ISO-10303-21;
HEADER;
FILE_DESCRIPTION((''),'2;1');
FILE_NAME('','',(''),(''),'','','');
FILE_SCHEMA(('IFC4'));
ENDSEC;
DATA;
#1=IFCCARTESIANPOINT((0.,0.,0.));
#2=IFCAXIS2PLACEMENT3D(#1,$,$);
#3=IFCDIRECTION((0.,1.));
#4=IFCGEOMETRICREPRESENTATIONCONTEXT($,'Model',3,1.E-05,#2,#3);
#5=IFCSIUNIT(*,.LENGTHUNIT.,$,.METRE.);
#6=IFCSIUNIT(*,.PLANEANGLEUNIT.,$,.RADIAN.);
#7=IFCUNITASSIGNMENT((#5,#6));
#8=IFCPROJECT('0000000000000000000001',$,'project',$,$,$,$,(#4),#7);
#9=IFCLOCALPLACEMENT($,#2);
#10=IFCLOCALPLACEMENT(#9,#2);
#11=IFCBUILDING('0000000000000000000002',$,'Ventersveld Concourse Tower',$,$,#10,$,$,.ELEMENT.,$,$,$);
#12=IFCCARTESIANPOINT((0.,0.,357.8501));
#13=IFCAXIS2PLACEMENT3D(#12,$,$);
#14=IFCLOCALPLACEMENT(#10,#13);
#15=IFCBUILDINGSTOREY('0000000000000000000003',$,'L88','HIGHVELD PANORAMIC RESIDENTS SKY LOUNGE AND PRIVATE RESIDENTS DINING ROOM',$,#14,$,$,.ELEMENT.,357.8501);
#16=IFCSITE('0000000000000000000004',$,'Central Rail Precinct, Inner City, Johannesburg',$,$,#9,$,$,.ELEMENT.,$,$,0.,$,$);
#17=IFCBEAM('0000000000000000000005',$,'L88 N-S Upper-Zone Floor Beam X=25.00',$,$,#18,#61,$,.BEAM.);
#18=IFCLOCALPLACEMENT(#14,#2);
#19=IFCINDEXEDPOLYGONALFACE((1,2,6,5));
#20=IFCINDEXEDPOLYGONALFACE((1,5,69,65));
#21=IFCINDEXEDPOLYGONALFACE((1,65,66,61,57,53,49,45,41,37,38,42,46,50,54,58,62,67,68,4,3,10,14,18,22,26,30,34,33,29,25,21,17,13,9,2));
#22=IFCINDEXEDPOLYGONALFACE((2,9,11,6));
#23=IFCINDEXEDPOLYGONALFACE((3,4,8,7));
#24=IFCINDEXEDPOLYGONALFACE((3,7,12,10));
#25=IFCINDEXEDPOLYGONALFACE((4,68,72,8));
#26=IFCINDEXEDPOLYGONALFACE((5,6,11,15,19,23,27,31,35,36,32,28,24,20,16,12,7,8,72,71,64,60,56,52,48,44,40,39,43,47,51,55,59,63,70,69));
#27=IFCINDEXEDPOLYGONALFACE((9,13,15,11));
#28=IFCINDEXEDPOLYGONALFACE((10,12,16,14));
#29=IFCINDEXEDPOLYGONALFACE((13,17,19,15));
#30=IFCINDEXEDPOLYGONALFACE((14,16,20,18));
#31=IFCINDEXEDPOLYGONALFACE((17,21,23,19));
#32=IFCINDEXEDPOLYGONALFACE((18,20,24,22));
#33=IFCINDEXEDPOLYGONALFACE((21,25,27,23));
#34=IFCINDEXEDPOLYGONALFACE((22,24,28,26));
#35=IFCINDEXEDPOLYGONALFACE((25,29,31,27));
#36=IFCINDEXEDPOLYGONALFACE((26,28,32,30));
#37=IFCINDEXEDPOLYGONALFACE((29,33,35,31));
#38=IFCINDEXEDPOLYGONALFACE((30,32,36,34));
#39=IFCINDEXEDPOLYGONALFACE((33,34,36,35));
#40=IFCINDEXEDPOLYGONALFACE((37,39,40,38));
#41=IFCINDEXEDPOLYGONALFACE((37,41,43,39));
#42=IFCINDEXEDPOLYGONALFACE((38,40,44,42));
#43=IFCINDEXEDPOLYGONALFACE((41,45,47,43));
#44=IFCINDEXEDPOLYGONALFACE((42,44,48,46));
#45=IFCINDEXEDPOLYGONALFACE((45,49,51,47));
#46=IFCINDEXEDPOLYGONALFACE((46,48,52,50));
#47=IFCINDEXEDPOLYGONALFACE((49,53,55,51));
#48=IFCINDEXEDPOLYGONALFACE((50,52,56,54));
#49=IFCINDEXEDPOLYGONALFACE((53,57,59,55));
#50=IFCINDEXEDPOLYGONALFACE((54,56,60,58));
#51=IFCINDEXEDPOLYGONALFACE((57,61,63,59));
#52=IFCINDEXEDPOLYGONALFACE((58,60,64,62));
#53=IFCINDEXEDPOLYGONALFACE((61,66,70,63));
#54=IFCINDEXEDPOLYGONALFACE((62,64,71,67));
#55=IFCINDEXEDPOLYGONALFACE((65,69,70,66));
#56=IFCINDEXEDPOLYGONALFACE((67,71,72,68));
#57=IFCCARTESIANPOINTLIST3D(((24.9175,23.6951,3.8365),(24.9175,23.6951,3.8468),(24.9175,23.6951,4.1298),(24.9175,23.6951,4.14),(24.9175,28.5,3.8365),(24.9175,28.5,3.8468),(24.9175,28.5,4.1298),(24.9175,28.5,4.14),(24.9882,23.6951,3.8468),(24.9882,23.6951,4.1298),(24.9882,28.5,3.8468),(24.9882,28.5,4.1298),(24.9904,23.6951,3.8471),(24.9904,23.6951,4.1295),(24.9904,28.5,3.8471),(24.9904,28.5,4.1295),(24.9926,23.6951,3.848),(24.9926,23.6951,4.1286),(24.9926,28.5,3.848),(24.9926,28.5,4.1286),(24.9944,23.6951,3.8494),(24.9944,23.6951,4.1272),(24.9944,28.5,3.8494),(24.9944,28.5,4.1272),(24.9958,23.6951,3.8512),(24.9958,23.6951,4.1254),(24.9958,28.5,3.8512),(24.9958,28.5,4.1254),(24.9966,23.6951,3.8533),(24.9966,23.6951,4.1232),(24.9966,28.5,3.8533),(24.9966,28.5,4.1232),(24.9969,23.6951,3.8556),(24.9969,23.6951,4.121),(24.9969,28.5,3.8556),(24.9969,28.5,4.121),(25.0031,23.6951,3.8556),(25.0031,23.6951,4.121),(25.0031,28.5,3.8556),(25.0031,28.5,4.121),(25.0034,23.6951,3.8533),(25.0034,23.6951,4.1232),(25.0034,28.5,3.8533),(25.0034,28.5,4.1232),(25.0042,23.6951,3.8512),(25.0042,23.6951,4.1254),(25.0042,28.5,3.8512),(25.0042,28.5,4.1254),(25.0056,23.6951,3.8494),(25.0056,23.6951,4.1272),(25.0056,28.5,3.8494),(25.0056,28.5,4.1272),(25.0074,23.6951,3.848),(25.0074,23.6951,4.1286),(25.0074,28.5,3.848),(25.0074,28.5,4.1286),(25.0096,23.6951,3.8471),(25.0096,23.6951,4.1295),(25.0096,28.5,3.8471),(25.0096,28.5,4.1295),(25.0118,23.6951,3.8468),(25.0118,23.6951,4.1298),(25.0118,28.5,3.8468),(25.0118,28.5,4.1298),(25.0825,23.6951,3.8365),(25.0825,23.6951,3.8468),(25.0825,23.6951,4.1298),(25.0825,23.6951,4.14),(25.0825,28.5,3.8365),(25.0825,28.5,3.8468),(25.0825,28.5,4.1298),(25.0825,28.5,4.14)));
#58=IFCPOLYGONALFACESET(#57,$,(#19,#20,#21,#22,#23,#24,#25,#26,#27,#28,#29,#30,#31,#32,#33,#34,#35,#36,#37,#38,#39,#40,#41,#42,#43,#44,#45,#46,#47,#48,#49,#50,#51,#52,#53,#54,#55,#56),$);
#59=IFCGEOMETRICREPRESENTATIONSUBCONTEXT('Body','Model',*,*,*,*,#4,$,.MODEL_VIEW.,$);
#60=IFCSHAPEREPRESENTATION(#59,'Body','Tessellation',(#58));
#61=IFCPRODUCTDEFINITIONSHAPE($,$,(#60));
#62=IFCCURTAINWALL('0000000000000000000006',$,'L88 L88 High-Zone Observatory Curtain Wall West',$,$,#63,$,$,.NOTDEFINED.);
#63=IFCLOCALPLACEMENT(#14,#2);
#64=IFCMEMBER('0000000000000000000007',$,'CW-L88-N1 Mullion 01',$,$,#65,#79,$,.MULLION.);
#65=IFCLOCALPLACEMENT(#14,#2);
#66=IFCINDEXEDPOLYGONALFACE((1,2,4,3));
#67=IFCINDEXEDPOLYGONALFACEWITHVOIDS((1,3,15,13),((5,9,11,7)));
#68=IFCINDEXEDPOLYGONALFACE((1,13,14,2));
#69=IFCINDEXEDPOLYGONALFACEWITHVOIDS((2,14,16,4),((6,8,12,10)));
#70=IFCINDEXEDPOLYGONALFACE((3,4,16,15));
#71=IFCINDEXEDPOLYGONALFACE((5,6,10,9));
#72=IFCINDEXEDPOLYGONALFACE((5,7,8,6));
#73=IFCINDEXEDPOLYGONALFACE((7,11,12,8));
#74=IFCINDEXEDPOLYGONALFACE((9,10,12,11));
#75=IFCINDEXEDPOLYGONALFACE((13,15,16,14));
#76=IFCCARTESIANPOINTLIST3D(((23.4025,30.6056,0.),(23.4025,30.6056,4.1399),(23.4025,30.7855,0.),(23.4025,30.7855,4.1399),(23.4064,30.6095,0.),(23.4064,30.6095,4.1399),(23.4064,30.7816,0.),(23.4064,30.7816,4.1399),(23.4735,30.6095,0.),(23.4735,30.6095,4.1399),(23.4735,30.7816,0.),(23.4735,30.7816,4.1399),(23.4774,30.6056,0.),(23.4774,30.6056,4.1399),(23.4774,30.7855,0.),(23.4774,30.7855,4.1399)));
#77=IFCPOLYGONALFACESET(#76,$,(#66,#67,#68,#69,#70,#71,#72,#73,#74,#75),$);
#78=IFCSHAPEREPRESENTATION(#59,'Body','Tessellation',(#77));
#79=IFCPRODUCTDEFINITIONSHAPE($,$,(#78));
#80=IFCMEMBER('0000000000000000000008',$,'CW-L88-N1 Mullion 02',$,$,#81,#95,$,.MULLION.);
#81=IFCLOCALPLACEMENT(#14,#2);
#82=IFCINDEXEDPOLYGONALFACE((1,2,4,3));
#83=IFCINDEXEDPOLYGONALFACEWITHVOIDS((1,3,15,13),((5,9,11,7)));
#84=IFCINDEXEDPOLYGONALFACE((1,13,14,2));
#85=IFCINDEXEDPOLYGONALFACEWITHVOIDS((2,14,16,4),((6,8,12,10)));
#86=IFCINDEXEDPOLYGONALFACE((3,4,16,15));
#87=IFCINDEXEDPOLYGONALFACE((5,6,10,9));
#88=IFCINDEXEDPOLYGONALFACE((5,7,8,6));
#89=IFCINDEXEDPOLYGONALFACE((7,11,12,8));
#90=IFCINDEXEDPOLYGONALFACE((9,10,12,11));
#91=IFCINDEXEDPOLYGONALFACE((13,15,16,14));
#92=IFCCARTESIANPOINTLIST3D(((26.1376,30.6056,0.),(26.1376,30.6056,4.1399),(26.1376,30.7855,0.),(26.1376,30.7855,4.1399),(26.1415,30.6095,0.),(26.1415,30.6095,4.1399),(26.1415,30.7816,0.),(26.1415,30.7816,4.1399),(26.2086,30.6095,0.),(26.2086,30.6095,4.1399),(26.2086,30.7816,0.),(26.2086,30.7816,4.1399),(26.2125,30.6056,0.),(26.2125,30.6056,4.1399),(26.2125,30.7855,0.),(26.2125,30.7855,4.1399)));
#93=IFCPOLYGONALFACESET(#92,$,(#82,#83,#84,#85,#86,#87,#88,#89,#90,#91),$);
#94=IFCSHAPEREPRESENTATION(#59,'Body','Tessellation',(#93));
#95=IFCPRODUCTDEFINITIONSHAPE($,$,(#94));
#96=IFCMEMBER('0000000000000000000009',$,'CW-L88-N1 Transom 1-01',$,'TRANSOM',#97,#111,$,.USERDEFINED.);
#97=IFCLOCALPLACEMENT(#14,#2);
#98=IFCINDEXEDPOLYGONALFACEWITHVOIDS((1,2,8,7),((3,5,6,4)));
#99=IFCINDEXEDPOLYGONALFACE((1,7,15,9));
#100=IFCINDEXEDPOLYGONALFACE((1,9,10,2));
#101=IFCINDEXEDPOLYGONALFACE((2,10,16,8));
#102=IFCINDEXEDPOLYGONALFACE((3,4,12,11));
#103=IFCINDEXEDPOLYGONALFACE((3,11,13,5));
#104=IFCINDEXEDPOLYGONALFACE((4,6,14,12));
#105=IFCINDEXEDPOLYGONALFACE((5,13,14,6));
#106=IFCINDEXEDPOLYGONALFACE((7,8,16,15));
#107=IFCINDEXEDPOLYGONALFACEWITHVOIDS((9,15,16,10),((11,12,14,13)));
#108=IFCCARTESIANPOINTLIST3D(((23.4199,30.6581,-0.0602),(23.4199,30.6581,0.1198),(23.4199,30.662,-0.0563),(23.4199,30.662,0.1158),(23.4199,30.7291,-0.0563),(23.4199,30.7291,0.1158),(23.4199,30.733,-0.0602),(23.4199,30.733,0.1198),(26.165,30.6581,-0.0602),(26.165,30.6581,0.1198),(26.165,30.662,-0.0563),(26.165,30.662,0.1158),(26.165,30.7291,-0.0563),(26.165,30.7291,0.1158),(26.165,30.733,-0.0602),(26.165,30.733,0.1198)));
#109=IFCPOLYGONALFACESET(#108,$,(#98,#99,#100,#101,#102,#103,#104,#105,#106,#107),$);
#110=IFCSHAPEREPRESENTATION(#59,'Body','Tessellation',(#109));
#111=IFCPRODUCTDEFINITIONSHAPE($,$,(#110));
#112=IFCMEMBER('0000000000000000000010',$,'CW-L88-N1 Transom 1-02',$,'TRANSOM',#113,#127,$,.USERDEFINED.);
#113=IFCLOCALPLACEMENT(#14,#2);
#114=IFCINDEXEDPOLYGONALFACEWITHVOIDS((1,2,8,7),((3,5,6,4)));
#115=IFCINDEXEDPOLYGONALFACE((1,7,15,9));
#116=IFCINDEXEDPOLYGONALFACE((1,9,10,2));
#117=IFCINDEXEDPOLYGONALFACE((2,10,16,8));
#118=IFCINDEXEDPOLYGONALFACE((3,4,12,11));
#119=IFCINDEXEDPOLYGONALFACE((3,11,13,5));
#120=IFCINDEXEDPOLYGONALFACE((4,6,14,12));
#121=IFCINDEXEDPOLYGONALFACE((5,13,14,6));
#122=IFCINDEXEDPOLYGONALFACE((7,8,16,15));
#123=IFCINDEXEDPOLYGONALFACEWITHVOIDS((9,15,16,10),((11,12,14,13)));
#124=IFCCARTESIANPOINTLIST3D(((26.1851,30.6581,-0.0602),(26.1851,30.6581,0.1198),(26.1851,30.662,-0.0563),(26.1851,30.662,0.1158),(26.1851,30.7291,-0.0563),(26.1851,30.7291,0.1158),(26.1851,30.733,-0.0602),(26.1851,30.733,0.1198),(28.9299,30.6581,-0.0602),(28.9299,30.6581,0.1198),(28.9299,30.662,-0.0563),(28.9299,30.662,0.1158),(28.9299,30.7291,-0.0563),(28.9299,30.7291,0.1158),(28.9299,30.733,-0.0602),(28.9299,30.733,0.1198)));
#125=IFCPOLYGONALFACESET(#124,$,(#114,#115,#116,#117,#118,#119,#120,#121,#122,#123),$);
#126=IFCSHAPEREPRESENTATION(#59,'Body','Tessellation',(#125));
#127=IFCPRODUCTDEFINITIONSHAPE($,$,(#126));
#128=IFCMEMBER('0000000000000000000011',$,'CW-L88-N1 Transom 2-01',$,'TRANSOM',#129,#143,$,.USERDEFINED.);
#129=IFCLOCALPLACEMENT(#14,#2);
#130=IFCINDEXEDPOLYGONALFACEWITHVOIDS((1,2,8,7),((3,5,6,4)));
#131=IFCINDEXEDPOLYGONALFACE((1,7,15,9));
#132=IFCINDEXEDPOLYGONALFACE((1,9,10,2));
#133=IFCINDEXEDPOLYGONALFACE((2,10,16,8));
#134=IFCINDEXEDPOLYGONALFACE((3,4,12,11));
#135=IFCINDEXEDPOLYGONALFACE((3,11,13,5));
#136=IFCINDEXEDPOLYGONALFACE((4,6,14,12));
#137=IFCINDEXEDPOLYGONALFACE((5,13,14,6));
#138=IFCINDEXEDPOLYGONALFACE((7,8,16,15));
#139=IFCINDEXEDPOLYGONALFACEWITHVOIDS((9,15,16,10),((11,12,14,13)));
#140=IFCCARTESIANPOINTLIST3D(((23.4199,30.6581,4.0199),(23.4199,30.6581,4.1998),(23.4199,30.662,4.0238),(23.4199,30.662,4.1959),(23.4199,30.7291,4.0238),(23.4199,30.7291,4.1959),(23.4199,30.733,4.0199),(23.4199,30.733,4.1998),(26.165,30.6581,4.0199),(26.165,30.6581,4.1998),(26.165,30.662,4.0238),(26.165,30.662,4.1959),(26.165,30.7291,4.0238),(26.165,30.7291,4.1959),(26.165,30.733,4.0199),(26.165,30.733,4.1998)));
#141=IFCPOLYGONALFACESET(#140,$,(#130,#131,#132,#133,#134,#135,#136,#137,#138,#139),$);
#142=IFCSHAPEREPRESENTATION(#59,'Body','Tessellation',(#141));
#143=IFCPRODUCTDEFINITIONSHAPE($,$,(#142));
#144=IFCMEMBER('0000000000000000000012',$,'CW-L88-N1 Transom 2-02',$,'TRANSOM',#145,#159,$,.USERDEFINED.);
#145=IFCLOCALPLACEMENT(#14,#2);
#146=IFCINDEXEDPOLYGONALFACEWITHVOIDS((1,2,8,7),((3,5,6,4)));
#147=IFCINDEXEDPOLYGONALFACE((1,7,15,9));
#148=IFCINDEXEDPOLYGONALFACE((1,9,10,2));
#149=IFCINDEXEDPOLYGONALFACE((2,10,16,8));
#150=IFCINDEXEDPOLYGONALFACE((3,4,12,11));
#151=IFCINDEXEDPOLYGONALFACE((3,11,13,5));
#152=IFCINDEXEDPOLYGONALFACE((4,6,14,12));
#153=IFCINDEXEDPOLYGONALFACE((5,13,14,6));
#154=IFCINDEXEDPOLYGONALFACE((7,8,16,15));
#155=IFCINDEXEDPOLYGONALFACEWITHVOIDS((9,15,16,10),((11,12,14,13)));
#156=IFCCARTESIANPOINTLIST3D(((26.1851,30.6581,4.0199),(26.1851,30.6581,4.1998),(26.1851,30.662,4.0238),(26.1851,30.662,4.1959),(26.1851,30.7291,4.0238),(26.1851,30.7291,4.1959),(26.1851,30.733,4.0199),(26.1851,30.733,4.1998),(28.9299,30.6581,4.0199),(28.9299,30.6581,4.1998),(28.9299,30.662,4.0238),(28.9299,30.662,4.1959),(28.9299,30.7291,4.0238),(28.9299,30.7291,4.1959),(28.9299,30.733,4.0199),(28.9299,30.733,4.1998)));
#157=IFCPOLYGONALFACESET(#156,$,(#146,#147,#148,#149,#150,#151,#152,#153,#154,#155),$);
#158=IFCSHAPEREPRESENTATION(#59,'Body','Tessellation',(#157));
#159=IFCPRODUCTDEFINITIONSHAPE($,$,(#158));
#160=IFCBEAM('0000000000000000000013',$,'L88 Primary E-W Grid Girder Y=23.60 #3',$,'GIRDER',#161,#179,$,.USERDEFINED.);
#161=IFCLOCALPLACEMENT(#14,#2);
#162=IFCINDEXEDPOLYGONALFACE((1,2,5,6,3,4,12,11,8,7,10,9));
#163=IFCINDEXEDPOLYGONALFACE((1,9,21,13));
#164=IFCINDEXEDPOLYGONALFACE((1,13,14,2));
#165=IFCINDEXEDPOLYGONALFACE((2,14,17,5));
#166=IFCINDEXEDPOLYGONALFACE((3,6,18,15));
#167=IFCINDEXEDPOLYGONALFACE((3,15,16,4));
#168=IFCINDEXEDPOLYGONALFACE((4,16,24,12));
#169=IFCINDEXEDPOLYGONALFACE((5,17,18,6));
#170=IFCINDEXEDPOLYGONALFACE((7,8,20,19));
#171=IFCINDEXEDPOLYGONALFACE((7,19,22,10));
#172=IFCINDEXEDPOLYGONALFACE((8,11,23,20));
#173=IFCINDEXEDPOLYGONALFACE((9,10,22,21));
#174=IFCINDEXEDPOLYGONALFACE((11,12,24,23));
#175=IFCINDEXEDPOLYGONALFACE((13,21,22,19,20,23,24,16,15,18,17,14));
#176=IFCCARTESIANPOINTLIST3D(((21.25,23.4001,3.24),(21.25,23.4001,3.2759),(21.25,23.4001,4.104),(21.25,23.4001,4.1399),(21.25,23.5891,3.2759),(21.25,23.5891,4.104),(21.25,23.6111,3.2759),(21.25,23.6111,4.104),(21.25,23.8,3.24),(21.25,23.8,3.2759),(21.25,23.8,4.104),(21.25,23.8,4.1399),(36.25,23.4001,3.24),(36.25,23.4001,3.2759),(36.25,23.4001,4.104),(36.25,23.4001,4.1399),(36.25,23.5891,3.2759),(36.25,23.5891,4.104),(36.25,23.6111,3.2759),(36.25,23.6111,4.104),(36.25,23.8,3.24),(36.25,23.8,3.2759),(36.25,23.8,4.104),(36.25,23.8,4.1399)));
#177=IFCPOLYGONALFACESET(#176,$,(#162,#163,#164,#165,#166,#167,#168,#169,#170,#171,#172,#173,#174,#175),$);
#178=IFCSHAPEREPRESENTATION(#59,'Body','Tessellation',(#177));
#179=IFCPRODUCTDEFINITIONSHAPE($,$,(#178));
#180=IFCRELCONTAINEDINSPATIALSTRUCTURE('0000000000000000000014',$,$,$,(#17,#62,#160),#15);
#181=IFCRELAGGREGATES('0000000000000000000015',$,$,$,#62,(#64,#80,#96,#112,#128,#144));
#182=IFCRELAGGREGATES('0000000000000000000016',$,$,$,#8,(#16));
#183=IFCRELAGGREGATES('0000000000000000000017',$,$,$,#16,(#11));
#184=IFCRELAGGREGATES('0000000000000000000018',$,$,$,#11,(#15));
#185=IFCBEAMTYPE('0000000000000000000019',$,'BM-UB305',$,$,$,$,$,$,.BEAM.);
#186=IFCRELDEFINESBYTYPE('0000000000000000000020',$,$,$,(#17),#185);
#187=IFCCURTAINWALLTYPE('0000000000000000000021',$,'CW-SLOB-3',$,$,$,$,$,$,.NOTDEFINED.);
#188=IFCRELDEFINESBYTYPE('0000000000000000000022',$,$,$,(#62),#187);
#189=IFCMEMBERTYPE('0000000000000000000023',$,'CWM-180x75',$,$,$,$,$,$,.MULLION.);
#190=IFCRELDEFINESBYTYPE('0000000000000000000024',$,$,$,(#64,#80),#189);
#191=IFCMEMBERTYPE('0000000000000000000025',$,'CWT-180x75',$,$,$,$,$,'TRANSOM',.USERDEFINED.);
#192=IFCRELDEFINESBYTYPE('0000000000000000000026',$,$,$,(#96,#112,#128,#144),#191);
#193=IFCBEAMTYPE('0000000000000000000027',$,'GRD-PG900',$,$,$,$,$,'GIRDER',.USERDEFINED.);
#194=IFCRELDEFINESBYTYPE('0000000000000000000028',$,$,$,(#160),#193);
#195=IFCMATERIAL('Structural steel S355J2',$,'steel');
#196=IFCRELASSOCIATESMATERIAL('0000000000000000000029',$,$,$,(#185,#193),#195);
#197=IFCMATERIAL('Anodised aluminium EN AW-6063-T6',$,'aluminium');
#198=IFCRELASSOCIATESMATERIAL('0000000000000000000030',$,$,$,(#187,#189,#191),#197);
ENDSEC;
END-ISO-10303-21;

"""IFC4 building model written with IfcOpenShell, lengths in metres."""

from ifc_helpers import new_model, si_unit, direction, frame, origin, origin_2d, place, context, subcontext, project, spatial, hollow_rectangle, i_section, extrude, material, material_profile, profile_set, type_object, element, aggregate, save


model = new_model("IFC4")

# Units and contexts
model_context = context("Model", 3, precision=1e-05, world=origin(), true_north=direction((0.0, 1.0)))
body_context = subcontext(model_context, "Body", "Model", "MODEL_VIEW")
ifc_project = project(units=[si_unit("LENGTHUNIT", "METRE"), si_unit("PLANEANGLEUNIT", "RADIAN")], contexts=[model_context])

# Site, building, storey
site_placement = place(None, origin())
site = spatial("IfcSite", under=ifc_project, at=site_placement, Name="Central Rail Precinct, Inner City, Johannesburg", CompositionType="ELEMENT", RefElevation=0.0)
building_placement = place(site_placement, origin())
building = spatial("IfcBuilding", under=site, at=building_placement, Name="Ventersveld Concourse Tower", CompositionType="ELEMENT")
storey_placement = place(building_placement, frame((0.0, 0.0, 357.8501)))
storey = spatial("IfcBuildingStorey", under=building, at=storey_placement, Name="L88", Description="HIGHVELD PANORAMIC RESIDENTS SKY LOUNGE AND PRIVATE RESIDENTS DINING ROOM", CompositionType="ELEMENT", Elevation=357.8501)

# Shared definitions
ifc_material_1 = material(Name="Structural steel S355J2", Category="steel")

# Beam
ifc_material_profile_1 = material_profile(ifc_material_1, i_section(OverallWidth=0.165, OverallDepth=0.3035, WebThickness=0.0061, FlangeThickness=0.0103, FilletRadius=0.0088, at=origin_2d()), Name="UB 305x165x40")
ifc_profile_set_1 = profile_set([ifc_material_profile_1], Name="Structural steel S355J2")
beam_type_1 = type_object("IfcBeamType", Name="BM-UB305", PredefinedType="BEAM", material=ifc_profile_set_1)
beam_1_placement = place(storey_placement, frame((25.0, 23.6951, 3.9883), z_axis=(0.0, 1.0, 0.0), x_axis=(-1.0, 0.0, 0.0)))
element("IfcBeam", 1, at=beam_1_placement, inside=storey, type_object=beam_type_1, Name="L88 N-S Upper-Zone Floor Beam X=25.00", PredefinedType="BEAM", context=body_context, shape_type="SweptSolid", body=[
    extrude(i_section(OverallWidth=0.165, OverallDepth=0.3035, WebThickness=0.0061, FlangeThickness=0.0103, FilletRadius=0.0088, at=origin_2d()), origin(), (0.0, 0.0, 1.0), 4.8049),
])

# Curtain wall, members
ifc_material_2 = material(Name="Anodised aluminium EN AW-6063-T6", Category="aluminium")
curtain_wall_type = type_object("IfcCurtainWallType", Name="CW-SLOB-3", PredefinedType="NOTDEFINED", material=ifc_material_2)
curtain_wall_placement = place(storey_placement, origin())
curtain_wall = element("IfcCurtainWall", 2, at=curtain_wall_placement, inside=storey, type_object=curtain_wall_type, Name="L88 L88 High-Zone Observatory Curtain Wall West", PredefinedType="NOTDEFINED")
ifc_material_profile_2 = material_profile(ifc_material_2, hollow_rectangle(XDim=0.075, YDim=0.1799, WallThickness=0.0039, at=origin_2d()), Name="ALU 180x75x4")
ifc_profile_set_2 = profile_set([ifc_material_profile_2], Name="Anodised aluminium EN AW-6063-T6")
member_type_1 = type_object("IfcMemberType", Name="CWM-180x75", PredefinedType="MULLION", material=ifc_profile_set_2)
member_1_placement = place(storey_placement, frame((23.4399, 30.6956, 0.0), z_axis=(0.0, 0.0, 1.0), x_axis=(1.0, 0.0, 0.0)))
member_1 = element("IfcMember", 3, at=member_1_placement, type_object=member_type_1, Name="CW-L88-N1 Mullion 01", PredefinedType="MULLION", context=body_context, shape_type="SweptSolid", body=[
    extrude(hollow_rectangle(XDim=0.075, YDim=0.1799, WallThickness=0.0039, at=origin_2d()), origin(), (0.0, 0.0, 1.0), 4.1399),
])
member_2_placement = place(storey_placement, frame((26.175, 30.6956, 0.0), z_axis=(0.0, 0.0, 1.0), x_axis=(1.0, 0.0, 0.0)))
member_2 = element("IfcMember", 4, at=member_2_placement, type_object=member_type_1, Name="CW-L88-N1 Mullion 02", PredefinedType="MULLION", context=body_context, shape_type="SweptSolid", body=[
    extrude(hollow_rectangle(XDim=0.075, YDim=0.1799, WallThickness=0.0039, at=origin_2d()), origin(), (0.0, 0.0, 1.0), 4.1399),
])
ifc_material_profile_3 = material_profile(ifc_material_2, hollow_rectangle(XDim=0.075, YDim=0.1799, WallThickness=0.0039, at=origin_2d()), Name="ALU 180x75x4")
ifc_profile_set_3 = profile_set([ifc_material_profile_3], Name="Anodised aluminium EN AW-6063-T6")
member_type_2 = type_object("IfcMemberType", Name="CWT-180x75", ElementType="TRANSOM", PredefinedType="USERDEFINED", material=ifc_profile_set_3)
member_3_placement = place(storey_placement, frame((23.4199, 30.6956, 0.0298), z_axis=(1.0, 0.0, 0.0), x_axis=(0.0, 1.0, 0.0)))
member_3 = element("IfcMember", 5, at=member_3_placement, type_object=member_type_2, Name="CW-L88-N1 Transom 1-01", ObjectType="TRANSOM", PredefinedType="USERDEFINED", context=body_context, shape_type="SweptSolid", body=[
    extrude(hollow_rectangle(XDim=0.075, YDim=0.1799, WallThickness=0.0039, at=origin_2d()), origin(), (0.0, 0.0, 1.0), 2.7451),
])
member_4_placement = place(storey_placement, frame((26.1851, 30.6956, 0.0298), z_axis=(1.0, 0.0, 0.0), x_axis=(0.0, 1.0, 0.0)))
member_4 = element("IfcMember", 6, at=member_4_placement, type_object=member_type_2, Name="CW-L88-N1 Transom 1-02", ObjectType="TRANSOM", PredefinedType="USERDEFINED", context=body_context, shape_type="SweptSolid", body=[
    extrude(hollow_rectangle(XDim=0.075, YDim=0.1799, WallThickness=0.0039, at=origin_2d()), origin(), (0.0, 0.0, 1.0), 2.7449),
])
member_5_placement = place(storey_placement, frame((23.4199, 30.6956, 4.1099), z_axis=(1.0, 0.0, 0.0), x_axis=(0.0, 1.0, 0.0)))
member_5 = element("IfcMember", 7, at=member_5_placement, type_object=member_type_2, Name="CW-L88-N1 Transom 2-01", ObjectType="TRANSOM", PredefinedType="USERDEFINED", context=body_context, shape_type="SweptSolid", body=[
    extrude(hollow_rectangle(XDim=0.075, YDim=0.1799, WallThickness=0.0039, at=origin_2d()), origin(), (0.0, 0.0, 1.0), 2.7451),
])
member_6_placement = place(storey_placement, frame((26.1851, 30.6956, 4.1099), z_axis=(1.0, 0.0, 0.0), x_axis=(0.0, 1.0, 0.0)))
member_6 = element("IfcMember", 8, at=member_6_placement, type_object=member_type_2, Name="CW-L88-N1 Transom 2-02", ObjectType="TRANSOM", PredefinedType="USERDEFINED", context=body_context, shape_type="SweptSolid", body=[
    extrude(hollow_rectangle(XDim=0.075, YDim=0.1799, WallThickness=0.0039, at=origin_2d()), origin(), (0.0, 0.0, 1.0), 2.7449),
])

# Beam
ifc_material_profile_4 = material_profile(ifc_material_1, i_section(OverallWidth=0.3999, OverallDepth=0.8999, WebThickness=0.022, FlangeThickness=0.0359, at=origin_2d()), Name="PG 900x400x36")
ifc_profile_set_4 = profile_set([ifc_material_profile_4], Name="Structural steel S355J2")
beam_type_2 = type_object("IfcBeamType", Name="GRD-PG900", ElementType="GIRDER", PredefinedType="USERDEFINED", material=ifc_profile_set_4)
beam_2_placement = place(storey_placement, frame((21.25, 23.6001, 3.6899), z_axis=(1.0, 0.0, 0.0), x_axis=(0.0, 1.0, 0.0)))
element("IfcBeam", 9, at=beam_2_placement, inside=storey, type_object=beam_type_2, Name="L88 Primary E-W Grid Girder Y=23.60 #3", ObjectType="GIRDER", PredefinedType="USERDEFINED", context=body_context, shape_type="SweptSolid", body=[
    extrude(i_section(OverallWidth=0.3999, OverallDepth=0.8999, WebThickness=0.022, FlangeThickness=0.0359, at=origin_2d()), origin(), (0.0, 0.0, 1.0), 15.0),
])

aggregate(curtain_wall, [member_1, member_2, member_3, member_4, member_5, member_6])

save(model, "model.ifc")
